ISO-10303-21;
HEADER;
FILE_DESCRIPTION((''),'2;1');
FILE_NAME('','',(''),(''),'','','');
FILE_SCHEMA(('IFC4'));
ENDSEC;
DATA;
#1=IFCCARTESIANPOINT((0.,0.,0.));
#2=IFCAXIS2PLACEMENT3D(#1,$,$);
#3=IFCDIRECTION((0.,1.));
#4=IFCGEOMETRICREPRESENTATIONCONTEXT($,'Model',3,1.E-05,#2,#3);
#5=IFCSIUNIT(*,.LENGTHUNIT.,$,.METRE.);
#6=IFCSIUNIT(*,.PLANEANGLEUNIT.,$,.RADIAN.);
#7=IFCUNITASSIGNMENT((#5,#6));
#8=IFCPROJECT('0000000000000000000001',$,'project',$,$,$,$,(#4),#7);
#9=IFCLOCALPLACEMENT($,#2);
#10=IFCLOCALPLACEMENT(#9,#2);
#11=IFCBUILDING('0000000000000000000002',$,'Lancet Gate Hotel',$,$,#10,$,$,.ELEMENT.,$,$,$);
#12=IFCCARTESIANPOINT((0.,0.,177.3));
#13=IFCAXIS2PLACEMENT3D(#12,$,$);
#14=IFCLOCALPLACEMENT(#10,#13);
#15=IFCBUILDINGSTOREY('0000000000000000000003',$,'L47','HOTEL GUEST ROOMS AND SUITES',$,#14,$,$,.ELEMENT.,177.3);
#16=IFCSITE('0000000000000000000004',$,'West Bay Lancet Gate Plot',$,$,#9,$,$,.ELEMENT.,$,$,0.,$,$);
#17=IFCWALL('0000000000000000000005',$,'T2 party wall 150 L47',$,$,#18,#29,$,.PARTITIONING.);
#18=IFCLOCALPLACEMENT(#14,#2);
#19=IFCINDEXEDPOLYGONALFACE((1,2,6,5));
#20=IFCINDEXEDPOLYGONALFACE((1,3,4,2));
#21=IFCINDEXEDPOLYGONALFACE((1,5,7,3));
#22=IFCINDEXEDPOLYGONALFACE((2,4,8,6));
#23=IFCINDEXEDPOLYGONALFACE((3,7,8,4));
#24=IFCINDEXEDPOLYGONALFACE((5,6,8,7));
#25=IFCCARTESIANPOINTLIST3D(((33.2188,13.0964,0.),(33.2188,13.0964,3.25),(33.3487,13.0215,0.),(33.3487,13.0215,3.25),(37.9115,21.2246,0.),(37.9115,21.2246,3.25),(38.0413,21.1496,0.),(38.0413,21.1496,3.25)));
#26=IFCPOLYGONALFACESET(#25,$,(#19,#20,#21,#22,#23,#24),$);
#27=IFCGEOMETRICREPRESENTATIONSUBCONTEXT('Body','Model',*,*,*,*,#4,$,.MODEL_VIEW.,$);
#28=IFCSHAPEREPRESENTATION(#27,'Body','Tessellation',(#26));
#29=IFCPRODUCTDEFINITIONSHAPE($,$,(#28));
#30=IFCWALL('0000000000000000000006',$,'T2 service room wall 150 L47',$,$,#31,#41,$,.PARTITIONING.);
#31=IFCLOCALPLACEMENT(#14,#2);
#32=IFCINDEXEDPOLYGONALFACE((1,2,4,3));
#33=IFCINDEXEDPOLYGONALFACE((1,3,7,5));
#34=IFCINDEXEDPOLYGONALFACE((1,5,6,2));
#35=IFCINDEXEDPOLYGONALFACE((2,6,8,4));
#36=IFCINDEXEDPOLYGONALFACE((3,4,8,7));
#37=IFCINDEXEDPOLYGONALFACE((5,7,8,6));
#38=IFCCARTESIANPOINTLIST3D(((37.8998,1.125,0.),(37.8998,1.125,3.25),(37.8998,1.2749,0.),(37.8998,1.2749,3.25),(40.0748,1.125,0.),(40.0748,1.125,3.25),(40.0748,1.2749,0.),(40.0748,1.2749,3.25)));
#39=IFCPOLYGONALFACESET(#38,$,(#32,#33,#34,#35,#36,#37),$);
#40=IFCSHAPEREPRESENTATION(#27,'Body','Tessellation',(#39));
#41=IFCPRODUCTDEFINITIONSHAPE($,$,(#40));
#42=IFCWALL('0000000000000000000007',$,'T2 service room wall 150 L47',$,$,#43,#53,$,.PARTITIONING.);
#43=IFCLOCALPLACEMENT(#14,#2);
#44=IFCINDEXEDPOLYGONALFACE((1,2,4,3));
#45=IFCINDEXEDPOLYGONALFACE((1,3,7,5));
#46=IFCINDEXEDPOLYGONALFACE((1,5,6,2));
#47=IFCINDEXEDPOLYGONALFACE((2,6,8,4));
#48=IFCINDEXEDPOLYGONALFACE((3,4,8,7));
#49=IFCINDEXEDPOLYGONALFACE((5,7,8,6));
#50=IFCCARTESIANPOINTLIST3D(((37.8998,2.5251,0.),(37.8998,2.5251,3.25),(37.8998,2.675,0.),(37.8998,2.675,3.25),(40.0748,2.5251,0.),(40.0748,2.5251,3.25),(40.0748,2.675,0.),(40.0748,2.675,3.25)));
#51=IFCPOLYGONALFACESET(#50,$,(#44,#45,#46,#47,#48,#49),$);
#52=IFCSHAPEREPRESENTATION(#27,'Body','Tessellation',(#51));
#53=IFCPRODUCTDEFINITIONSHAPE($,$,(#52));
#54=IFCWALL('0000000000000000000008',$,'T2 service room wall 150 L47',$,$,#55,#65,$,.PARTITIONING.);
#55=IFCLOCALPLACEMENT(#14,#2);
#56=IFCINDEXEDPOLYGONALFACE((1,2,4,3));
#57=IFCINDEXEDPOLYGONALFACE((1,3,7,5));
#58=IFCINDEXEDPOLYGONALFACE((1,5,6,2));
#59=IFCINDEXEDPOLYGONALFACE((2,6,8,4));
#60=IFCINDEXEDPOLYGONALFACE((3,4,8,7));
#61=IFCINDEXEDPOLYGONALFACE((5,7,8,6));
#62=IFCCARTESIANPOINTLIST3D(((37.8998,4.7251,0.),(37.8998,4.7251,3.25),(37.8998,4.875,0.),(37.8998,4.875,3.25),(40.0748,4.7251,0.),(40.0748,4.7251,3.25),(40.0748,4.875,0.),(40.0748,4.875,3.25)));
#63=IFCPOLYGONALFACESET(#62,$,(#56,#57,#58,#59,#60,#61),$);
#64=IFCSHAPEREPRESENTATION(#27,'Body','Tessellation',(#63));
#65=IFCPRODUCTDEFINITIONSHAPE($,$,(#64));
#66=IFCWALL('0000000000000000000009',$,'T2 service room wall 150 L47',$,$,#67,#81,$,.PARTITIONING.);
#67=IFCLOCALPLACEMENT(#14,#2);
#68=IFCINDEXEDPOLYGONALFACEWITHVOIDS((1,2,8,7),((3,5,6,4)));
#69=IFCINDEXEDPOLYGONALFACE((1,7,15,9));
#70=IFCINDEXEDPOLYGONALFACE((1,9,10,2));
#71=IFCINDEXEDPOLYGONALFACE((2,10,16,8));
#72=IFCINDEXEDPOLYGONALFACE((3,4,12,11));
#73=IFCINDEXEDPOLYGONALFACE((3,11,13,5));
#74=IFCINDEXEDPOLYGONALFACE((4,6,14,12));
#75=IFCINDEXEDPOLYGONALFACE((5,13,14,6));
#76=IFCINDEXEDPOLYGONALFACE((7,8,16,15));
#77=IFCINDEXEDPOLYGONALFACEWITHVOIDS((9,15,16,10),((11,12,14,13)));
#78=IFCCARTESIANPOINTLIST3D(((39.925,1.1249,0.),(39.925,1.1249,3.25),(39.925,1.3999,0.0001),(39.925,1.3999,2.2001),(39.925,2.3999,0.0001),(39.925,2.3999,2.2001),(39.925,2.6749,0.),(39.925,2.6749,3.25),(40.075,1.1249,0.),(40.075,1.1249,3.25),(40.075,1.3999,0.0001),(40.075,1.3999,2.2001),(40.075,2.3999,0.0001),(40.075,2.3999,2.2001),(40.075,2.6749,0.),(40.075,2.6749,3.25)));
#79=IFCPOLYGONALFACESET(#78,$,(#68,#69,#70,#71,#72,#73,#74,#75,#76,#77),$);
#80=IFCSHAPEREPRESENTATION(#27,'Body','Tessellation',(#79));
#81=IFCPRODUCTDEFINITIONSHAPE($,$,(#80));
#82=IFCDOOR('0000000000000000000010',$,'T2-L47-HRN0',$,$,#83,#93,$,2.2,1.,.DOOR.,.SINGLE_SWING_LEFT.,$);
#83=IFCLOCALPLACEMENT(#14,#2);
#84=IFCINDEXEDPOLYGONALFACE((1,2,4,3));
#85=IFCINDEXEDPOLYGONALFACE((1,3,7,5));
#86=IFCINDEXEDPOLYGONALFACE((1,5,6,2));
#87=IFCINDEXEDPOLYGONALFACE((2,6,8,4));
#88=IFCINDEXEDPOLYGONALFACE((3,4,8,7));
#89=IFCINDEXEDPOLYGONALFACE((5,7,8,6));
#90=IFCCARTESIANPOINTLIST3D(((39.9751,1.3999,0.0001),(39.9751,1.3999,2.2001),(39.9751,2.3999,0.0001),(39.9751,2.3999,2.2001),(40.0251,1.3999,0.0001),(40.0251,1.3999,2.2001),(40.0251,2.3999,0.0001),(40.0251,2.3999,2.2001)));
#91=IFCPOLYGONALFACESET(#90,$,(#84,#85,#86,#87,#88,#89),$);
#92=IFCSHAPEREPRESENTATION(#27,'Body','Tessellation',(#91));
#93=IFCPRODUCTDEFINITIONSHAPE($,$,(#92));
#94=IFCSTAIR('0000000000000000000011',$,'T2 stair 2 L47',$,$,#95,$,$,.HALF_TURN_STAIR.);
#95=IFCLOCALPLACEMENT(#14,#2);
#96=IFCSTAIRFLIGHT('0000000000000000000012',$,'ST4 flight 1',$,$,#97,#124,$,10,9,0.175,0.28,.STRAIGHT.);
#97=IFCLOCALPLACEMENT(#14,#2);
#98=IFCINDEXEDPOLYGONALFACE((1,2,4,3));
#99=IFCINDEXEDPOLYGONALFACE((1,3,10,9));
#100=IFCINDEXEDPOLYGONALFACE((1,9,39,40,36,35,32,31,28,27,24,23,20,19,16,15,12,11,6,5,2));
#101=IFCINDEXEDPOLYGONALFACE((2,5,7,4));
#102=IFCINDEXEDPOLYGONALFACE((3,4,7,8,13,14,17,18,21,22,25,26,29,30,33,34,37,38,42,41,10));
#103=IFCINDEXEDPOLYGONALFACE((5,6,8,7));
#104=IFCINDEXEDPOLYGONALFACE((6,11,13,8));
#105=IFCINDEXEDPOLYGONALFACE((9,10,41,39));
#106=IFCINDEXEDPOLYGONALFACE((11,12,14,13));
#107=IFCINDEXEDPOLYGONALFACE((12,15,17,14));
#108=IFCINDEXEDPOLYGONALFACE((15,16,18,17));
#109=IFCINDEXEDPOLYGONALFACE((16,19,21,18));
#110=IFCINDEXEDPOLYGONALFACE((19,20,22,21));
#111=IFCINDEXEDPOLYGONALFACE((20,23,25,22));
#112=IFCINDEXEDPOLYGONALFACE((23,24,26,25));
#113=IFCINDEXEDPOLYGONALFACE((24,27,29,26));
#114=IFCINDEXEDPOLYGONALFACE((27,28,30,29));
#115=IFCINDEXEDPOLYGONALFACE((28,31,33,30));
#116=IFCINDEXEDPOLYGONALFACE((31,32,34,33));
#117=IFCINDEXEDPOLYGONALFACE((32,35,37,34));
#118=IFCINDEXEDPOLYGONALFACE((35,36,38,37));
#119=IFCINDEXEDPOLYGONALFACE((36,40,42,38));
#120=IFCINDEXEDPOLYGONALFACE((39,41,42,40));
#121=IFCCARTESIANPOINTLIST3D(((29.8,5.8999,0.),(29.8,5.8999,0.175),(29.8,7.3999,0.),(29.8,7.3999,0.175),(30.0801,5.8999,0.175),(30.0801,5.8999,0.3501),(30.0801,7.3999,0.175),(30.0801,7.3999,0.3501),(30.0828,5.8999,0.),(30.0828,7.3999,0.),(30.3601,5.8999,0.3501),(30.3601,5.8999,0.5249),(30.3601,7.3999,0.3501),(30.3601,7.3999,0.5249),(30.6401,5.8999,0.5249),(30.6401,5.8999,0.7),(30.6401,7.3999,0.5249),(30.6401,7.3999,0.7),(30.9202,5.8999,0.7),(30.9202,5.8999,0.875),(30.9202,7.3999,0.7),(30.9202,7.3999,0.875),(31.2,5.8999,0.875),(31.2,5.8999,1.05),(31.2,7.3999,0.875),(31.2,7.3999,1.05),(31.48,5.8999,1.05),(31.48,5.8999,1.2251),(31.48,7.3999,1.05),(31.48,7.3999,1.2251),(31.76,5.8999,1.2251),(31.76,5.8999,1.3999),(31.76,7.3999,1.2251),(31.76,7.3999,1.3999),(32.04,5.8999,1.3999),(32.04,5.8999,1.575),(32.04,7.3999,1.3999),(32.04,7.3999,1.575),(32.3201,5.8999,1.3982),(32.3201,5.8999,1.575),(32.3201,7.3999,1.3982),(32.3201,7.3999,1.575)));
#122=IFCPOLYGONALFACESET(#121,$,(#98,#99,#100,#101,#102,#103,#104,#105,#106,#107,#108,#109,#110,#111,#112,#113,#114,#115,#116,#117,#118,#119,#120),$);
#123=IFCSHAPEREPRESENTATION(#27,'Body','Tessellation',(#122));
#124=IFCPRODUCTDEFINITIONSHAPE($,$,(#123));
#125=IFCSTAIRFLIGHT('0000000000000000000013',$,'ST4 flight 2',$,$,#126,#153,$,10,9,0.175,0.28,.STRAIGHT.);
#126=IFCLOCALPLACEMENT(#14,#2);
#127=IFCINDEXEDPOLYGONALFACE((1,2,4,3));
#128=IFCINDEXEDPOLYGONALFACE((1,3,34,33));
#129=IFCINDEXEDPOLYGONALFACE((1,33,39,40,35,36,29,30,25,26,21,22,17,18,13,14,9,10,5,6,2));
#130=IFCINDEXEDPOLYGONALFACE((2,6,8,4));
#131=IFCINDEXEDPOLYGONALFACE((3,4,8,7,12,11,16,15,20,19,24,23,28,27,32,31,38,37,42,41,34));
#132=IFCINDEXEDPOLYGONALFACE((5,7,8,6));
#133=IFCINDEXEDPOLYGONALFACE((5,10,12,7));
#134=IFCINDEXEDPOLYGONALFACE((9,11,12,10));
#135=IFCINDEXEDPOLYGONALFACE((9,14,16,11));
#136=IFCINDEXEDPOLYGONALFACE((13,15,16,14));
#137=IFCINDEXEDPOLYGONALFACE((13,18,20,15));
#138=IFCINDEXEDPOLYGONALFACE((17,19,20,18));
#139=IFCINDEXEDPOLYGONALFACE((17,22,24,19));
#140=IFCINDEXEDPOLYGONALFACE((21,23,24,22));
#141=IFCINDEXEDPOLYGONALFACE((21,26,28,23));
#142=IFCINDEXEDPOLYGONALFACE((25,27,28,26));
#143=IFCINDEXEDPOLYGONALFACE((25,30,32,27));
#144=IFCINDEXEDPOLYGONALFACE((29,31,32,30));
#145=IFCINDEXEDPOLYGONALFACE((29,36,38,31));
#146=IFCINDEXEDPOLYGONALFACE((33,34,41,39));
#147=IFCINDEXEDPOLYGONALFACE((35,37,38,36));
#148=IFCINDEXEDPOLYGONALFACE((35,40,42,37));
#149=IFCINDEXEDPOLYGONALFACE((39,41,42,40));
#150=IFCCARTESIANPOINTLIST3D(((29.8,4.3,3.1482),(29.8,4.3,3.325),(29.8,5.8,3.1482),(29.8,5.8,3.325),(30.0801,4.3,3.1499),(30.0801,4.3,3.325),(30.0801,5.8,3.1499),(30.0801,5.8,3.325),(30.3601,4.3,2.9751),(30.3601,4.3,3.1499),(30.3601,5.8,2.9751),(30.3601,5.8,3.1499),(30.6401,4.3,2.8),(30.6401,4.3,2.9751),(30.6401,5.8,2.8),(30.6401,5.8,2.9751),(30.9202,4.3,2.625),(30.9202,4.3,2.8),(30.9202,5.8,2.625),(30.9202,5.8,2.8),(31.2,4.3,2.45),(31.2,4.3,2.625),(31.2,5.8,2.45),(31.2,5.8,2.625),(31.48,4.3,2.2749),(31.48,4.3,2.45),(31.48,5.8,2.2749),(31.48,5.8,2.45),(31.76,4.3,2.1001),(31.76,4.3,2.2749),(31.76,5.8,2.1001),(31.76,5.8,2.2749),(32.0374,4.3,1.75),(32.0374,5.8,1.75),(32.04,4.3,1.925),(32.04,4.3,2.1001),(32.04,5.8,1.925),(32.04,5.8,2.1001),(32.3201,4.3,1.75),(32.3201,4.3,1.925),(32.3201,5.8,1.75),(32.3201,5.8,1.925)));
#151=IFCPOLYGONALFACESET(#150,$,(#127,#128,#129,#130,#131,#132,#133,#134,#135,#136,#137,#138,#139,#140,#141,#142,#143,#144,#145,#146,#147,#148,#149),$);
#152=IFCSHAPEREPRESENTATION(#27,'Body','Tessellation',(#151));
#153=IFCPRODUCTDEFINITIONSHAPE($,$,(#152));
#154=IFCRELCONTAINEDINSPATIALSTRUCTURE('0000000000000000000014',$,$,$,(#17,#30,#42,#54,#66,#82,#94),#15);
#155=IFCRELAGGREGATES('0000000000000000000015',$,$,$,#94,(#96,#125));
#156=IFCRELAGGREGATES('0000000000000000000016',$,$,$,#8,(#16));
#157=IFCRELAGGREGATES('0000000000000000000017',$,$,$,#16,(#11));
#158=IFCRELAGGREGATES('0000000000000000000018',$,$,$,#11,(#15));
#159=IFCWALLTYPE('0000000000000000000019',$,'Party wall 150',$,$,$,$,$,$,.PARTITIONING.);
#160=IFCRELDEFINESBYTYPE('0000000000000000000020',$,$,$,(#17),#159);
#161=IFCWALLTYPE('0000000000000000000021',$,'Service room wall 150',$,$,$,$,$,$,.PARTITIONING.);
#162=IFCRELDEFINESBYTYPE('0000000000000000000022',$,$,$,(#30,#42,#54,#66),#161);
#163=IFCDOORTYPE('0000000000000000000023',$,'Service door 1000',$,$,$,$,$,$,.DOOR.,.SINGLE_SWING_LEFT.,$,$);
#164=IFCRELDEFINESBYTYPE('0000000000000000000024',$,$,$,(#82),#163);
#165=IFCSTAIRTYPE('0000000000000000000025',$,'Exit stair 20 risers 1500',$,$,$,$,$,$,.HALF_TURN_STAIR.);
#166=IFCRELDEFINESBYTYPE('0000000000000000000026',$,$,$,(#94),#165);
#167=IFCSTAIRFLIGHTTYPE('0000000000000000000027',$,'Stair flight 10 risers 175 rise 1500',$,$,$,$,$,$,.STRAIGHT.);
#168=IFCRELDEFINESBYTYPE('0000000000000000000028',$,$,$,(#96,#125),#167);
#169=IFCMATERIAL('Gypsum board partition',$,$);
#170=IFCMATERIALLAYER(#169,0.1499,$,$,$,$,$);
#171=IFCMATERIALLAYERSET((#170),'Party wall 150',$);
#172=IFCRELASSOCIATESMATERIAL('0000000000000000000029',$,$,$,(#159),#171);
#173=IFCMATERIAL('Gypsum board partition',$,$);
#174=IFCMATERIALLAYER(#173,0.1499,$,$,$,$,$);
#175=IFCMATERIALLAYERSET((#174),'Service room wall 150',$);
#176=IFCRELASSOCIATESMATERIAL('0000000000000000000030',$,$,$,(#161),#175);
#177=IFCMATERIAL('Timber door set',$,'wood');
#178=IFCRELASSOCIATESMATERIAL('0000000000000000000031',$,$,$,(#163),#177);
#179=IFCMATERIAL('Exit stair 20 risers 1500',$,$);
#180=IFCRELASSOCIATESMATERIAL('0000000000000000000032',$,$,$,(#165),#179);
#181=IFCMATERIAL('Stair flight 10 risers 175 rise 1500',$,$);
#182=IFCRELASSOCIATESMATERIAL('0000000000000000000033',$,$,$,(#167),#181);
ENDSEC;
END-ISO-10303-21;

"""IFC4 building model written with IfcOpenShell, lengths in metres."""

from ifc_helpers import new_model, si_unit, direction, frame, frame_2d, origin, place, context, subcontext, project, spatial, polyline, rectangle, outline, extrude, material, layer, layer_set, type_object, element, fill, aggregate, save


model = new_model("IFC4")

# Units and contexts
model_context = context("Model", 3, precision=1e-05, world=origin(), true_north=direction((0.0, 1.0)))
body_context = subcontext(model_context, "Body", "Model", "MODEL_VIEW")
ifc_project = project(units=[si_unit("LENGTHUNIT", "METRE"), si_unit("PLANEANGLEUNIT", "RADIAN")], contexts=[model_context])

# Site, building, storey
site_placement = place(None, origin())
site = spatial("IfcSite", under=ifc_project, at=site_placement, Name="West Bay Lancet Gate Plot", CompositionType="ELEMENT", RefElevation=0.0)
building_placement = place(site_placement, origin())
building = spatial("IfcBuilding", under=site, at=building_placement, Name="Lancet Gate Hotel", CompositionType="ELEMENT")
storey_placement = place(building_placement, frame((0.0, 0.0, 177.3)))
storey = spatial("IfcBuildingStorey", under=building, at=storey_placement, Name="L47", Description="HOTEL GUEST ROOMS AND SUITES", CompositionType="ELEMENT", Elevation=177.3)

# Walls
ifc_material_1 = material(Name="Gypsum board partition")
ifc_layer_1 = layer(ifc_material_1, 0.1499)
ifc_layer_set_1 = layer_set([ifc_layer_1], Name="Party wall 150")
wall_type_1 = type_object("IfcWallType", Name="Party wall 150", PredefinedType="PARTITIONING", material=ifc_layer_set_1)
wall_1_placement = place(storey_placement, frame((33.2837, 13.0588, 0.0), z_axis=(0.0, 0.0, 1.0), x_axis=(0.499986, 0.866034, 0.0)))
element("IfcWall", 1, at=wall_1_placement, inside=storey, type_object=wall_type_1, Name="T2 party wall 150 L47", PredefinedType="PARTITIONING", context=body_context, shape_type="SweptSolid", body=[
    extrude(rectangle(XDim=9.3855, YDim=0.1499, at=frame_2d((4.6929, 0.0))), origin(), (0.0, 0.0, 1.0), 3.25),
])
ifc_material_2 = material(Name="Gypsum board partition")
ifc_layer_2 = layer(ifc_material_2, 0.1499)
ifc_layer_set_2 = layer_set([ifc_layer_2], Name="Service room wall 150")
wall_type_2 = type_object("IfcWallType", Name="Service room wall 150", PredefinedType="PARTITIONING", material=ifc_layer_set_2)
for number, where, z_axis, x_axis, name in (
    (2, (37.8999, 1.2, 0.0), (0.0, 0.0, 1.0), (1.0, 0.0, 0.0), "T2 service room wall 150 L47"),
    (3, (37.8999, 2.6001, 0.0), (0.0, 0.0, 1.0), (1.0, 0.0, 0.0), "T2 service room wall 150 L47"),
    (4, (37.8999, 4.8, 0.0), (0.0, 0.0, 1.0), (1.0, 0.0, 0.0), "T2 service room wall 150 L47"),
):
    element("IfcWall", number, at=place(storey_placement, frame(where, z_axis=z_axis, x_axis=x_axis)), inside=storey, type_object=wall_type_2, Name=name, PredefinedType="PARTITIONING", context=body_context, shape_type="SweptSolid", body=[
        extrude(rectangle(XDim=2.175, YDim=0.1499, at=frame_2d((1.0874, 0.0))), origin(), (0.0, 0.0, 1.0), 3.25),
    ])

# Wall, opening, door
wall_2_placement = place(storey_placement, frame((40.0, 1.125, 0.0), z_axis=(0.0, 0.0, 1.0), x_axis=(0.0, 1.0, 0.0)))
wall_2 = element("IfcWall", 5, at=wall_2_placement, inside=storey, type_object=wall_type_2, Name="T2 service room wall 150 L47", PredefinedType="PARTITIONING", context=body_context, shape_type="SweptSolid", body=[
    extrude(rectangle(XDim=1.55, YDim=0.1499, at=frame_2d((0.7749, 0.0))), origin(), (0.0, 0.0, 1.0), 3.25),
])
opening_1_placement = place(wall_2_placement, frame((0.2749, 0.0, 0.0)))
opening_1 = element("IfcOpeningElement", 6, at=opening_1_placement, cuts=wall_2, PredefinedType="OPENING", context=body_context, shape_type="SweptSolid", body=[
    extrude(rectangle(XDim=1.0, YDim=2.2, at=frame_2d((0.5, 1.1001))), frame((0.0, 0.085, 0.0), z_axis=(0.0, -1.0, 0.0), x_axis=(1.0, 0.0, 0.0)), (0.0, 0.0, 1.0), 0.1699),
])
ifc_material_3 = material(Name="Timber door set", Category="wood")
door_type_1 = type_object("IfcDoorType", Name="Service door 1000", OperationType="SINGLE_SWING_LEFT", PredefinedType="DOOR", material=ifc_material_3)
door_1_placement = place(opening_1_placement, origin())
door_1 = element("IfcDoor", 7, at=door_1_placement, inside=storey, type_object=door_type_1, Name="T2-L47-HRN0", OperationType="SINGLE_SWING_LEFT", OverallHeight=2.2, OverallWidth=1.0, PredefinedType="DOOR", context=body_context, shape_type="SweptSolid", body=[
    extrude(rectangle(XDim=1.0, YDim=2.2, at=frame_2d((0.5, 1.1001))), frame((0.0, 0.0249, 0.0), z_axis=(0.0, -1.0, 0.0), x_axis=(1.0, 0.0, 0.0)), (0.0, 0.0, 1.0), 0.05),
])
fill(opening_1, door_1)

# Stair, stair flights
ifc_material_4 = material(Name="Exit stair 20 risers 1500")
stair_type = type_object("IfcStairType", Name="Exit stair 20 risers 1500", PredefinedType="HALF_TURN_STAIR", material=ifc_material_4)
stair_placement = place(storey_placement, origin())
stair = element("IfcStair", 8, at=stair_placement, inside=storey, type_object=stair_type, Name="T2 stair 2 L47", PredefinedType="HALF_TURN_STAIR")
ifc_material_5 = material(Name="Stair flight 10 risers 175 rise 1500")
stair_flight_type = type_object("IfcStairFlightType", Name="Stair flight 10 risers 175 rise 1500", PredefinedType="STRAIGHT", material=ifc_material_5)
stair_flight_1_placement = place(storey_placement, frame((29.8, 6.6499, 0.0), z_axis=(0.0, 0.0, 1.0), x_axis=(1.0, 0.0, 0.0)))
stair_flight_1 = element("IfcStairFlight", 9, at=stair_flight_1_placement, type_object=stair_flight_type, Name="ST4 flight 1", NumberOfRisers=10, NumberOfTreads=9, PredefinedType="STRAIGHT", RiserHeight=0.175, TreadLength=0.28, context=body_context, shape_type="SweptSolid", body=[
    extrude(outline(polyline([(0.0, 0.0), (0.0, 0.175), (0.28, 0.175), (0.28, 0.3501), (0.5601, 0.3501), (0.5601, 0.5249), (0.8401, 0.5249), (0.8401, 0.7), (1.1201, 0.7), (1.1201, 0.875), (1.3999, 0.875), (1.3999, 1.05), (1.6799, 1.05), (1.6799, 1.2251), (1.96, 1.2251), (1.96, 1.3999), (2.24, 1.3999), (2.24, 1.575), (2.52, 1.575), (2.52, 1.75), (2.52, 1.3982), (0.2827, 0.0), (0.0, 0.0)])), frame((0.0, 0.75, 0.0), z_axis=(0.0, -1.0, 0.0), x_axis=(1.0, 0.0, 0.0)), (0.0, 0.0, 1.0), 1.5),
])
stair_flight_2_placement = place(storey_placement, frame((32.3201, 5.05, 1.75), z_axis=(0.0, 0.0, 1.0), x_axis=(-1.0, 0.0, 0.0)))
stair_flight_2 = element("IfcStairFlight", 10, at=stair_flight_2_placement, type_object=stair_flight_type, Name="ST4 flight 2", NumberOfRisers=10, NumberOfTreads=9, PredefinedType="STRAIGHT", RiserHeight=0.175, TreadLength=0.28, context=body_context, shape_type="SweptSolid", body=[
    extrude(outline(polyline([(0.0, 0.0), (0.0, 0.175), (0.28, 0.175), (0.28, 0.3501), (0.5601, 0.3501), (0.5601, 0.5249), (0.8401, 0.5249), (0.8401, 0.7), (1.1201, 0.7), (1.1201, 0.875), (1.3999, 0.875), (1.3999, 1.05), (1.6799, 1.05), (1.6799, 1.2251), (1.96, 1.2251), (1.96, 1.3999), (2.24, 1.3999), (2.24, 1.575), (2.52, 1.575), (2.52, 1.75), (2.52, 1.3982), (0.2827, 0.0), (0.0, 0.0)])), frame((0.0, 0.75, 0.0), z_axis=(0.0, -1.0, 0.0), x_axis=(1.0, 0.0, 0.0)), (0.0, 0.0, 1.0), 1.5),
])
aggregate(stair, [stair_flight_1, stair_flight_2])

save(model, "model.ifc")
